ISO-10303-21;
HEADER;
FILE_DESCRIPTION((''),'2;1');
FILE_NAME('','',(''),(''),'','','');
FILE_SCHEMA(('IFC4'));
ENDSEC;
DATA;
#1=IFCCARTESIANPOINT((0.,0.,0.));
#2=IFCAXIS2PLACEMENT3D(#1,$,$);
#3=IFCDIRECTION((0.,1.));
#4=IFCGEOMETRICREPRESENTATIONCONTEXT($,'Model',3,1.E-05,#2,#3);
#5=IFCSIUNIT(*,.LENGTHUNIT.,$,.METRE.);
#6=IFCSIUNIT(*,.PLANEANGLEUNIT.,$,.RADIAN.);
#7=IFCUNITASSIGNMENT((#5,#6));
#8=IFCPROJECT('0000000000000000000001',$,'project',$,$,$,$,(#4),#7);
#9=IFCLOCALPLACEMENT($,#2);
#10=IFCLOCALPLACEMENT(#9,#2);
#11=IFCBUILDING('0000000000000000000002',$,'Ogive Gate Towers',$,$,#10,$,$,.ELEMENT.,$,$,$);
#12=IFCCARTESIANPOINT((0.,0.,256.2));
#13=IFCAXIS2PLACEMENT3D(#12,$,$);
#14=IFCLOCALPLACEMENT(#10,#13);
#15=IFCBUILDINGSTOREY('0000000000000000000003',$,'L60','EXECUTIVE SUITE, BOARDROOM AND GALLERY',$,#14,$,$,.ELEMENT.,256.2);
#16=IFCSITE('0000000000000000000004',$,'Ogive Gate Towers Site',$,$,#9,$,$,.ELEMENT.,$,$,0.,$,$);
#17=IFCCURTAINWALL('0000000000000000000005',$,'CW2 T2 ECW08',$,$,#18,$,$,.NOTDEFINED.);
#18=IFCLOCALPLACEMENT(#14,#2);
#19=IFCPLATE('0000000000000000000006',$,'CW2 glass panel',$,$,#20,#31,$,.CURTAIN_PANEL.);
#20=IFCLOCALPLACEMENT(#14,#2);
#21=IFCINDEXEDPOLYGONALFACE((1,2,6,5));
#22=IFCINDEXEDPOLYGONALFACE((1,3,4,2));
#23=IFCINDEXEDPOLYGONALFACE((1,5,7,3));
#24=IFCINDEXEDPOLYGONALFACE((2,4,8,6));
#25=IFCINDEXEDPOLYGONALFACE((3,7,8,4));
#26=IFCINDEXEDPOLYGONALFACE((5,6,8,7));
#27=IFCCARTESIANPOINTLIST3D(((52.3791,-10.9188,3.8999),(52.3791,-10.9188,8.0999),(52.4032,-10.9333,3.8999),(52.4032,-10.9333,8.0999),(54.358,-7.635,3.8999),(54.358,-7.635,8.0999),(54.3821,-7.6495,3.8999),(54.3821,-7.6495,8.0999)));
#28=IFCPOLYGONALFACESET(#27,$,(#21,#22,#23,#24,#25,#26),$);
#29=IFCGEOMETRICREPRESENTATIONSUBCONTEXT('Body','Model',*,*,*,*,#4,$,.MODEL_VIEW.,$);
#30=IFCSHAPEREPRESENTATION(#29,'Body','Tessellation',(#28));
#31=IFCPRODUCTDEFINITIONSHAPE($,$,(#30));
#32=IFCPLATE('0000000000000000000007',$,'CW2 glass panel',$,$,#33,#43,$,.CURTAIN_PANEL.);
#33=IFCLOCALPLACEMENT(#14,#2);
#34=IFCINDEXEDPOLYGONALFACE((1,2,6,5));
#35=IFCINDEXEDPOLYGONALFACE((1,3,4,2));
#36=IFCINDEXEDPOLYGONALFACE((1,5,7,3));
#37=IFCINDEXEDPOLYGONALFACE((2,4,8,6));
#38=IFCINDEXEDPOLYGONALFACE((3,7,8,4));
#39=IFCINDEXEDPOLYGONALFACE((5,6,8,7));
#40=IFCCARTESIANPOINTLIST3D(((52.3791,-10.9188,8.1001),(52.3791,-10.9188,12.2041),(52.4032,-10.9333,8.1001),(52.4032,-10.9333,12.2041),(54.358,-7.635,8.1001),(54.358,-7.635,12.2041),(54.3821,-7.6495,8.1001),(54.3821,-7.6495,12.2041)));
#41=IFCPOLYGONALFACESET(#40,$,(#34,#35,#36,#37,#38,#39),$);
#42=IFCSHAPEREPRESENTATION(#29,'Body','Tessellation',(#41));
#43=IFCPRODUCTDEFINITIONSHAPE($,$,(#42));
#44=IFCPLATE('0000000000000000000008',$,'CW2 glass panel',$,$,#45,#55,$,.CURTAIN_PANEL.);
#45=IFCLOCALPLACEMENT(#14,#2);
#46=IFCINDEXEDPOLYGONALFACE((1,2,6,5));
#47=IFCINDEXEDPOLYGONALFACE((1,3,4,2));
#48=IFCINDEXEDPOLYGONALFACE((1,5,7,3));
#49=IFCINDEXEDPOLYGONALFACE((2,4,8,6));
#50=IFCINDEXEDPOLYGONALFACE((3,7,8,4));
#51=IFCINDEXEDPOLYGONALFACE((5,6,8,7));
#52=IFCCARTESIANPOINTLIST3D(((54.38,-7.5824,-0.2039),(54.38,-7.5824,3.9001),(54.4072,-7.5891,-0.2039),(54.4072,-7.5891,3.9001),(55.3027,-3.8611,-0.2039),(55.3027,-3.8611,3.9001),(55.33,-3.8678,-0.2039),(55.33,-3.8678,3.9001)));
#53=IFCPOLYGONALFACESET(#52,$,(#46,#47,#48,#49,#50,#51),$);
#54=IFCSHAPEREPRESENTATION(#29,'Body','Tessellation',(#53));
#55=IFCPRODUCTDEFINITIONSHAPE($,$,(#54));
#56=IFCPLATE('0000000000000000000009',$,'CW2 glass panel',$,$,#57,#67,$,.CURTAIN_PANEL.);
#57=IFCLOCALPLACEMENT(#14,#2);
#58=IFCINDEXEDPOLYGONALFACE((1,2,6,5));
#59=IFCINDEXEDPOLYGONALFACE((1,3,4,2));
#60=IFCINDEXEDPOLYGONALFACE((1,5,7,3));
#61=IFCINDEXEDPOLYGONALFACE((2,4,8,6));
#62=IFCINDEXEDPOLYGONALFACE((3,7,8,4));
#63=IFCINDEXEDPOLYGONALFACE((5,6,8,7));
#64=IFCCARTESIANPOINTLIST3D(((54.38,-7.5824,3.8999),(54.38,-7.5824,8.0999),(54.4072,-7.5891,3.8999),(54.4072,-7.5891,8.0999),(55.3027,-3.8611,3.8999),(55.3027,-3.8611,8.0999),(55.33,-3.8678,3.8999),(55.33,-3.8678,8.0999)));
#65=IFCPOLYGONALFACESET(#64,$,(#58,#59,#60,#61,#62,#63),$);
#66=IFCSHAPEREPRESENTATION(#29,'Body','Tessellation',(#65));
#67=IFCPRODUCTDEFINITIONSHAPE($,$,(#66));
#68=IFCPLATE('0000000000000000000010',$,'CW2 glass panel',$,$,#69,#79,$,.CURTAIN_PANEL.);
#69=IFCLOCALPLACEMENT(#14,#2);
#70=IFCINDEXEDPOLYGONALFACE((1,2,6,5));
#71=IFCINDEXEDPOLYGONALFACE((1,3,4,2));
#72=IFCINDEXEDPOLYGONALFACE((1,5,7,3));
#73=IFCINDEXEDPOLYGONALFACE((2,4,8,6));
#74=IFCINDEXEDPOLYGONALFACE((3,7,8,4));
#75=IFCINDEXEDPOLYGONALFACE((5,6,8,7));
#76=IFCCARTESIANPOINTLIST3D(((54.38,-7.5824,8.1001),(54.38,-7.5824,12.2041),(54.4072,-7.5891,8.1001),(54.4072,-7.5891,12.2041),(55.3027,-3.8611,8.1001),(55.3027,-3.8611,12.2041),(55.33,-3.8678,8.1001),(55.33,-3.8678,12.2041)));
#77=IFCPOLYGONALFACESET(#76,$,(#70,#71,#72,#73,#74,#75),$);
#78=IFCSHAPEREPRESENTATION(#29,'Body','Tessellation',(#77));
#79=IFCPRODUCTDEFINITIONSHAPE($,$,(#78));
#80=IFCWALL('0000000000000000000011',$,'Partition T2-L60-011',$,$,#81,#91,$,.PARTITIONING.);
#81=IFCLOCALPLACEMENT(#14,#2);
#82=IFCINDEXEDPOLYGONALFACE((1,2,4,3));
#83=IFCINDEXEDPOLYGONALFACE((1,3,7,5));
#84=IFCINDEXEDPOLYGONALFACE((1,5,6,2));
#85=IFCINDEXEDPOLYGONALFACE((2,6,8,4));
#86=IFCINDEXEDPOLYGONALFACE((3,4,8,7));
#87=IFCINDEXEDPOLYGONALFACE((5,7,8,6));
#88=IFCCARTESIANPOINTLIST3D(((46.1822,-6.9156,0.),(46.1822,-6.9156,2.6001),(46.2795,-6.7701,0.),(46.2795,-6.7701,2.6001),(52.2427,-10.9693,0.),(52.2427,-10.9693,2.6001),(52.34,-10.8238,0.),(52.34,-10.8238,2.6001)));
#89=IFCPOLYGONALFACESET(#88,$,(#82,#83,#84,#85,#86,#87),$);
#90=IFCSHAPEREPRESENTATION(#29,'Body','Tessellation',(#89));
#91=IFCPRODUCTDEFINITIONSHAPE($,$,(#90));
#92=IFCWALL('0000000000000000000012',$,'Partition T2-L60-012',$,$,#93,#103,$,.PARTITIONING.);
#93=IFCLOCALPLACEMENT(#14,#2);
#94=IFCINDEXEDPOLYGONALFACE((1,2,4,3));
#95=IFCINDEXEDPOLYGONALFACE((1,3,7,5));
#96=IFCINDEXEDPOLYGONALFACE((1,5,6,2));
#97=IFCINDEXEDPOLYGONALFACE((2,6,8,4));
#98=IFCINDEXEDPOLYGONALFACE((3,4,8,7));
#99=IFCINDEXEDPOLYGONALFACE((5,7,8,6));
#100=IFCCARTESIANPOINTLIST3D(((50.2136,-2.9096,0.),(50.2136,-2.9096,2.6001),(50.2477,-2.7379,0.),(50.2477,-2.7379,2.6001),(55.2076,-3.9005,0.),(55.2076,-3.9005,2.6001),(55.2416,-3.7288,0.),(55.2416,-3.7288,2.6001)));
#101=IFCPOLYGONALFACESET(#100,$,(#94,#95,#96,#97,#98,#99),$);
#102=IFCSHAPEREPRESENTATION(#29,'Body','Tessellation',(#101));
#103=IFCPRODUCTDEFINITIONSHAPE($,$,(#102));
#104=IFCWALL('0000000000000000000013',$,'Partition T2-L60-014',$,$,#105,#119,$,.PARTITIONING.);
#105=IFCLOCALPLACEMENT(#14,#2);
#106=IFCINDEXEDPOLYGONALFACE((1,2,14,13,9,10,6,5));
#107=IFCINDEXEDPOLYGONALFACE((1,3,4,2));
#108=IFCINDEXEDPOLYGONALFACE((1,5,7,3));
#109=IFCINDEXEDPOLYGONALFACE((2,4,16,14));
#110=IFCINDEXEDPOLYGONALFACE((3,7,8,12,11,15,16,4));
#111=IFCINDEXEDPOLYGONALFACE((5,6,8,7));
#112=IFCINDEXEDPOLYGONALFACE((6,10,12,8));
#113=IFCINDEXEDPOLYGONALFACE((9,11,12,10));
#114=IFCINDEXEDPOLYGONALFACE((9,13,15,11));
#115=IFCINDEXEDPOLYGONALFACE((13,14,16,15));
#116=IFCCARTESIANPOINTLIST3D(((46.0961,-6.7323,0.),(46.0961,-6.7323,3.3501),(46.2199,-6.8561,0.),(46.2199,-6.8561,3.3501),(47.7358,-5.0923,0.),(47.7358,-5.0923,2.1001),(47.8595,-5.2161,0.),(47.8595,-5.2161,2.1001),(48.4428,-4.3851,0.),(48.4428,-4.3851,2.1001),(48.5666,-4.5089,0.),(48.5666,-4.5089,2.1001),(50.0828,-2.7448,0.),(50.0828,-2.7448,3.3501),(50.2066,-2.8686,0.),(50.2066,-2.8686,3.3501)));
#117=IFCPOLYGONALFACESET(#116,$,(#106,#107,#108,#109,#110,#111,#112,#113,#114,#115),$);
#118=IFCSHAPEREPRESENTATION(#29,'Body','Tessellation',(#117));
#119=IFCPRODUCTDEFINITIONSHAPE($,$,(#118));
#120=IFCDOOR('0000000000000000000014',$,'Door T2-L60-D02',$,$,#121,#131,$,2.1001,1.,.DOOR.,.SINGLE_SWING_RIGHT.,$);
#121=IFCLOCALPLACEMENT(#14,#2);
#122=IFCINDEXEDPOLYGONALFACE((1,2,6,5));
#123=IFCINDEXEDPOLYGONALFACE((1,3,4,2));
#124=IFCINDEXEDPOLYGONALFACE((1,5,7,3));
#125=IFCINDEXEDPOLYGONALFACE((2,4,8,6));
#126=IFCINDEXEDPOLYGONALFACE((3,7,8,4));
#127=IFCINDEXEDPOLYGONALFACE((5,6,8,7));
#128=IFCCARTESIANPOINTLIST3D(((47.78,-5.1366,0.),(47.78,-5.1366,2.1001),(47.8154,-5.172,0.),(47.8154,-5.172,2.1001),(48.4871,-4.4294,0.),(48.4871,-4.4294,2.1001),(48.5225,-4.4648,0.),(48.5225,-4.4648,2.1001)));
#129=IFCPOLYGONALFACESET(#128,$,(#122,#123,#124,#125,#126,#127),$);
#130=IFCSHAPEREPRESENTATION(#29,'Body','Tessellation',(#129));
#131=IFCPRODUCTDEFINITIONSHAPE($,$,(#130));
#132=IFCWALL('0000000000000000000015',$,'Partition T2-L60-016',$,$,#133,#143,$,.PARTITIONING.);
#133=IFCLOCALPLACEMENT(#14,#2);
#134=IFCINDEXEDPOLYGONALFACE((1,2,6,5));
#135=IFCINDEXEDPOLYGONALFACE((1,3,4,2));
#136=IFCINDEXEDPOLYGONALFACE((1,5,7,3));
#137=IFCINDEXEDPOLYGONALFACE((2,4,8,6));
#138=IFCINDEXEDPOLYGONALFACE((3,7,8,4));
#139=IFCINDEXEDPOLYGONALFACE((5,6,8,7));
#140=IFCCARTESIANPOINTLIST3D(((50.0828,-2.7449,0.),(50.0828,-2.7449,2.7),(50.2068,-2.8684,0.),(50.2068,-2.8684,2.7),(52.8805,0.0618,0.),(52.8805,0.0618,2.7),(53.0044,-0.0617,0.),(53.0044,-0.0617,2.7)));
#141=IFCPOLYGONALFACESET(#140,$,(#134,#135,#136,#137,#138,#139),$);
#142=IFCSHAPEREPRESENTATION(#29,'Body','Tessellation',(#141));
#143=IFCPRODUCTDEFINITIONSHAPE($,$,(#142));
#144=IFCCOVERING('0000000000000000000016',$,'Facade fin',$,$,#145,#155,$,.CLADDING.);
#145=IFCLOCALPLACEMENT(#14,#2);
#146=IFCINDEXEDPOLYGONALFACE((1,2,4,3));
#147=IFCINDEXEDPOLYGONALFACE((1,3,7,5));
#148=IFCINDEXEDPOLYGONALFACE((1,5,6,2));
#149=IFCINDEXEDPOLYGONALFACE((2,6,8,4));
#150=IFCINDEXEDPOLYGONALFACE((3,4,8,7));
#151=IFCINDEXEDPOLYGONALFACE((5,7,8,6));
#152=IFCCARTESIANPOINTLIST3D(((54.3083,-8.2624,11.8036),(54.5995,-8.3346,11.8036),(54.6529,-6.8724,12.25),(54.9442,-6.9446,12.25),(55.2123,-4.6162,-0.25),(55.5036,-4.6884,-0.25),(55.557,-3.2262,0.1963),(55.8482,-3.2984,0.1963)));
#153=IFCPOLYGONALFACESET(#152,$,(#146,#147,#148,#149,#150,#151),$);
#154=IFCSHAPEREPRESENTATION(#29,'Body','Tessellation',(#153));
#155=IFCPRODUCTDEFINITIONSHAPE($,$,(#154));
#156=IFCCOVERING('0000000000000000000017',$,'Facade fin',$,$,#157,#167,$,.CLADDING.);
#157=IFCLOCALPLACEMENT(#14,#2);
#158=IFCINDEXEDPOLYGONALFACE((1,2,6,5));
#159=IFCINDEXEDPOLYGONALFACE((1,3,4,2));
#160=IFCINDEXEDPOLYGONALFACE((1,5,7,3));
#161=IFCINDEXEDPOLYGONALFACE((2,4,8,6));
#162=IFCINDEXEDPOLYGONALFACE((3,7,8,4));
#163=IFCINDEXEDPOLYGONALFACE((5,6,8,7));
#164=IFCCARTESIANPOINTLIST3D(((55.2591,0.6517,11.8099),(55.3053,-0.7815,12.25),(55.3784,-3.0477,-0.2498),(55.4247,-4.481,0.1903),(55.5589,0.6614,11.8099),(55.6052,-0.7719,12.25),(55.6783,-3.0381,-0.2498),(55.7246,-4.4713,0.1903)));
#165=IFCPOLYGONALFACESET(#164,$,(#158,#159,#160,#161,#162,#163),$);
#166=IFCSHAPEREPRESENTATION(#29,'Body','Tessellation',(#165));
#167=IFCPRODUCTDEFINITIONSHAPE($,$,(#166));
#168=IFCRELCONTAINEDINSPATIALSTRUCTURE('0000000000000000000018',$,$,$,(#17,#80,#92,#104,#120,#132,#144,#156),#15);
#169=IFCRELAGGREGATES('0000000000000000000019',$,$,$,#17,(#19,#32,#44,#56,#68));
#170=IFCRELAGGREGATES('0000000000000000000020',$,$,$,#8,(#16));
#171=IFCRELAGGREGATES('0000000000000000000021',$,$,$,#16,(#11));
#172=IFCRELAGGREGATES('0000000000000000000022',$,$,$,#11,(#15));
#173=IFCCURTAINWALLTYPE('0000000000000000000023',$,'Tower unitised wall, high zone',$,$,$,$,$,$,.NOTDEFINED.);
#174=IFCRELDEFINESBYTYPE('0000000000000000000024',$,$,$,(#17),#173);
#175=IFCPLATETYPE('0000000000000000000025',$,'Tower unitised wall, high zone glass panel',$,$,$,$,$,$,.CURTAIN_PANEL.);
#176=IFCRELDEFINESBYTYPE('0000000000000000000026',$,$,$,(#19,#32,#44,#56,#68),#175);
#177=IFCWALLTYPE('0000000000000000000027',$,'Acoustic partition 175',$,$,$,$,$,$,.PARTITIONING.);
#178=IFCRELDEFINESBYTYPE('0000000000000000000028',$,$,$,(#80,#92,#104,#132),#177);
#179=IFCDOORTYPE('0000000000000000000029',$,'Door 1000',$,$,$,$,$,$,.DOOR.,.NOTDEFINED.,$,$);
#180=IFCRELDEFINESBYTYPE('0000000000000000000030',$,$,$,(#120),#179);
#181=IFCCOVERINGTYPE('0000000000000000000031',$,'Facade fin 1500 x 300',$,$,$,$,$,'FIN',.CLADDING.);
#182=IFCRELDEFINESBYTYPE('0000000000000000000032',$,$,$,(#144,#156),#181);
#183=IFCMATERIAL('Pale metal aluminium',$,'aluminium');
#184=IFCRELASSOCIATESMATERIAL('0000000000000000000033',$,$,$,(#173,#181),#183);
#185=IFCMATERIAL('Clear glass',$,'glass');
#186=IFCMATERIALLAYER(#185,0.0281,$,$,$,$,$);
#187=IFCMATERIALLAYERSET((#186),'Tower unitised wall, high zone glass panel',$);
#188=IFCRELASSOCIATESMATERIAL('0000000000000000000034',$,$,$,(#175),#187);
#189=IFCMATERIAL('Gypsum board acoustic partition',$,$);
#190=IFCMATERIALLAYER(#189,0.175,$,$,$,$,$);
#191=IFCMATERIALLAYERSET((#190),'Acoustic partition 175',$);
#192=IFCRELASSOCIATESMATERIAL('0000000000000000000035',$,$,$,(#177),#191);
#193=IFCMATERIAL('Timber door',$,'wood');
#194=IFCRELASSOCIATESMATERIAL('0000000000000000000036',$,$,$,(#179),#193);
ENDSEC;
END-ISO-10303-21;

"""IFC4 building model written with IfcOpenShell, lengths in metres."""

from ifc_helpers import new_model, si_unit, direction, frame, frame_2d, origin, origin_2d, place, context, subcontext, project, spatial, rectangle, extrude, material, layer, layer_set, material_profile, profile_set, type_object, element, fill, aggregate, save


model = new_model("IFC4")

# Units and contexts
model_context = context("Model", 3, precision=1e-05, world=origin(), true_north=direction((0.0, 1.0)))
body_context = subcontext(model_context, "Body", "Model", "MODEL_VIEW")
ifc_project = project(units=[si_unit("LENGTHUNIT", "METRE"), si_unit("PLANEANGLEUNIT", "RADIAN")], contexts=[model_context])

# Site, building, storey
site_placement = place(None, origin())
site = spatial("IfcSite", under=ifc_project, at=site_placement, Name="Ogive Gate Towers Site", CompositionType="ELEMENT", RefElevation=0.0)
building_placement = place(site_placement, origin())
building = spatial("IfcBuilding", under=site, at=building_placement, Name="Ogive Gate Towers", CompositionType="ELEMENT")
storey_placement = place(building_placement, frame((0.0, 0.0, 256.2)))
storey = spatial("IfcBuildingStorey", under=building, at=storey_placement, Name="L60", Description="EXECUTIVE SUITE, BOARDROOM AND GALLERY", CompositionType="ELEMENT", Elevation=256.2)

# Curtain wall, plates
ifc_material_1 = material(Name="Pale metal aluminium", Category="aluminium")
curtain_wall_type = type_object("IfcCurtainWallType", Name="Tower unitised wall, high zone", PredefinedType="NOTDEFINED", material=ifc_material_1)
curtain_wall_placement = place(storey_placement, origin())
curtain_wall = element("IfcCurtainWall", 1, at=curtain_wall_placement, inside=storey, type_object=curtain_wall_type, Name="CW2 T2 ECW08", PredefinedType="NOTDEFINED")
ifc_material_2 = material(Name="Clear glass", Category="glass")
ifc_layer_1 = layer(ifc_material_2, 0.0281)
ifc_layer_set_1 = layer_set([ifc_layer_1], Name="Tower unitised wall, high zone glass panel")
plate_type = type_object("IfcPlateType", Name="Tower unitised wall, high zone glass panel", PredefinedType="CURTAIN_PANEL", material=ifc_layer_set_1)
plate_1_placement = place(storey_placement, frame((53.3806, -9.2842, 3.8999), z_axis=(0.0, 0.0, 1.0), x_axis=(0.516145, 0.856501, 0.0)))
plate_1 = element("IfcPlate", 2, at=plate_1_placement, type_object=plate_type, Name="CW2 glass panel", PredefinedType="CURTAIN_PANEL", context=body_context, shape_type="SweptSolid", body=[
    extrude(rectangle(XDim=3.834, YDim=0.0281, at=origin_2d()), origin(), (0.0, 0.0, 1.0), 4.2),
])
plate_2_placement = place(storey_placement, frame((53.3806, -9.2842, 8.1001), z_axis=(0.0, 0.0, 1.0), x_axis=(0.516145, 0.856501, 0.0)))
plate_2 = element("IfcPlate", 3, at=plate_2_placement, type_object=plate_type, Name="CW2 glass panel", PredefinedType="CURTAIN_PANEL", context=body_context, shape_type="SweptSolid", body=[
    extrude(rectangle(XDim=3.834, YDim=0.0281, at=origin_2d()), origin(), (0.0, 0.0, 1.0), 4.104),
])
plate_3_placement = place(storey_placement, frame((54.855, -5.7251, -0.2039), z_axis=(0.0, 0.0, 1.0), x_axis=(0.240669, 0.970607, 0.0)))
plate_3 = element("IfcPlate", 4, at=plate_3_placement, type_object=plate_type, Name="CW2 glass panel", PredefinedType="CURTAIN_PANEL", context=body_context, shape_type="SweptSolid", body=[
    extrude(rectangle(XDim=3.834, YDim=0.0281, at=origin_2d()), origin(), (0.0, 0.0, 1.0), 4.104),
])
plate_4_placement = place(storey_placement, frame((54.855, -5.7251, 3.8999), z_axis=(0.0, 0.0, 1.0), x_axis=(0.240669, 0.970607, 0.0)))
plate_4 = element("IfcPlate", 5, at=plate_4_placement, type_object=plate_type, Name="CW2 glass panel", PredefinedType="CURTAIN_PANEL", context=body_context, shape_type="SweptSolid", body=[
    extrude(rectangle(XDim=3.834, YDim=0.0281, at=origin_2d()), origin(), (0.0, 0.0, 1.0), 4.2),
])
plate_5_placement = place(storey_placement, frame((54.855, -5.7251, 8.1001), z_axis=(0.0, 0.0, 1.0), x_axis=(0.240669, 0.970607, 0.0)))
plate_5 = element("IfcPlate", 6, at=plate_5_placement, type_object=plate_type, Name="CW2 glass panel", PredefinedType="CURTAIN_PANEL", context=body_context, shape_type="SweptSolid", body=[
    extrude(rectangle(XDim=3.834, YDim=0.0281, at=origin_2d()), origin(), (0.0, 0.0, 1.0), 4.104),
])
aggregate(curtain_wall, [plate_1, plate_2, plate_3, plate_4, plate_5])

# Walls
ifc_material_3 = material(Name="Gypsum board acoustic partition")
ifc_layer_2 = layer(ifc_material_3, 0.175)
ifc_layer_set_2 = layer_set([ifc_layer_2], Name="Acoustic partition 175")
wall_type = type_object("IfcWallType", Name="Acoustic partition 175", PredefinedType="PARTITIONING", material=ifc_layer_set_2)
wall_1_placement = place(storey_placement, frame((52.2913, -10.8965, 0.0), z_axis=(0.0, 0.0, 1.0), x_axis=(-0.831205, 0.555967, 0.0)))
element("IfcWall", 7, at=wall_1_placement, inside=storey, type_object=wall_type, Name="Partition T2-L60-011", PredefinedType="PARTITIONING", context=body_context, shape_type="SweptSolid", body=[
    extrude(rectangle(XDim=7.2913, YDim=0.175, at=frame_2d((3.6455, 0.0))), origin(), (0.0, 0.0, 1.0), 2.6001),
])
wall_2_placement = place(storey_placement, frame((55.2246, -3.8147, 0.0), z_axis=(0.0, 0.0, 1.0), x_axis=(-0.980875, 0.19464, 0.0)))
element("IfcWall", 8, at=wall_2_placement, inside=storey, type_object=wall_type, Name="Partition T2-L60-012", PredefinedType="PARTITIONING", context=body_context, shape_type="SweptSolid", body=[
    extrude(rectangle(XDim=5.0913, YDim=0.175, at=frame_2d((2.5457, 0.0))), origin(), (0.0, 0.0, 1.0), 2.6001),
])

# Wall, opening, door
wall_3_placement = place(storey_placement, frame((46.158, -6.7942, 0.0), z_axis=(0.0, 0.0, 1.0), x_axis=(0.707042, 0.707172, 0.0)))
wall_3 = element("IfcWall", 9, at=wall_3_placement, inside=storey, type_object=wall_type, Name="Partition T2-L60-014", PredefinedType="PARTITIONING", context=body_context, shape_type="SweptSolid", body=[
    extrude(rectangle(XDim=5.6387, YDim=0.175, at=frame_2d((2.8193, 0.0))), origin(), (0.0, 0.0, 1.0), 3.3501),
])
opening_placement = place(wall_3_placement, frame((2.3191, 0.0, 0.0)))
opening = element("IfcOpeningElement", 10, at=opening_placement, cuts=wall_3, PredefinedType="OPENING", context=body_context, shape_type="SweptSolid", body=[
    extrude(rectangle(XDim=1.0, YDim=2.1001, at=frame_2d((0.5, 1.05))), frame((0.0, 0.0977, 0.0), z_axis=(0.0, -1.0, 0.0), x_axis=(1.0, 0.0, 0.0)), (0.0, 0.0, 1.0), 0.1951),
])
ifc_material_4 = material(Name="Timber door", Category="wood")
door_type = type_object("IfcDoorType", Name="Door 1000", OperationType="NOTDEFINED", PredefinedType="DOOR", material=ifc_material_4)
door_placement = place(opening_placement, origin())
door = element("IfcDoor", 11, at=door_placement, inside=storey, type_object=door_type, Name="Door T2-L60-D02", OperationType="SINGLE_SWING_RIGHT", OverallHeight=2.1001, OverallWidth=1.0, PredefinedType="DOOR", context=body_context, shape_type="SweptSolid", body=[
    extrude(rectangle(XDim=1.0, YDim=2.1001, at=frame_2d((0.5, 1.05))), frame((0.0, 0.0249, 0.0), z_axis=(0.0, -1.0, 0.0), x_axis=(1.0, 0.0, 0.0)), (0.0, 0.0, 1.0), 0.05),
])
fill(opening, door)

# Wall
wall_4_placement = place(storey_placement, frame((50.1448, -2.8066, 0.0), z_axis=(0.0, 0.0, 1.0), x_axis=(0.705966, 0.708246, 0.0)))
element("IfcWall", 12, at=wall_4_placement, inside=storey, type_object=wall_type, Name="Partition T2-L60-016", PredefinedType="PARTITIONING", context=body_context, shape_type="SweptSolid", body=[
    extrude(rectangle(XDim=3.9629, YDim=0.175, at=frame_2d((1.9814, 0.0))), origin(), (0.0, 0.0, 1.0), 2.7),
])

# Coverings
ifc_material_profile_1 = material_profile(ifc_material_1, rectangle(XDim=0.3, YDim=1.5, at=origin_2d()), Name="1500 x 300 pale metal aluminium")
ifc_profile_set_1 = profile_set([ifc_material_profile_1], Name="Pale metal aluminium")
covering_type = type_object("IfcCoveringType", Name="Facade fin 1500 x 300", ElementType="FIN", PredefinedType="CLADDING", material=ifc_profile_set_1)
covering_1_placement = place(storey_placement, frame((55.5303, -3.9573, -0.0269), z_axis=(-0.071605, -0.288799, 0.954708), x_axis=(0.970611, -0.240654, 0.0)))
element("IfcCovering", 13, at=covering_1_placement, inside=storey, type_object=covering_type, Name="Facade fin", PredefinedType="CLADDING", context=body_context, shape_type="SweptSolid", body=[
    extrude(rectangle(XDim=0.3, YDim=1.5, at=origin_2d()), origin(), (0.0, 0.0, 1.0), 12.6255),
])
covering_2_placement = place(storey_placement, frame((55.5515, -3.7595, -0.0298), z_axis=(-0.009464, 0.293258, 0.955987), x_axis=(-0.99948, -0.032254, 0.0)))
element("IfcCovering", 14, at=covering_2_placement, inside=storey, type_object=covering_type, Name="Facade fin", PredefinedType="CLADDING", context=body_context, shape_type="SweptSolid", body=[
    extrude(rectangle(XDim=0.3, YDim=1.5, at=origin_2d()), origin(), (0.0, 0.0, 1.0), 12.615),
])

save(model, "model.ifc")
